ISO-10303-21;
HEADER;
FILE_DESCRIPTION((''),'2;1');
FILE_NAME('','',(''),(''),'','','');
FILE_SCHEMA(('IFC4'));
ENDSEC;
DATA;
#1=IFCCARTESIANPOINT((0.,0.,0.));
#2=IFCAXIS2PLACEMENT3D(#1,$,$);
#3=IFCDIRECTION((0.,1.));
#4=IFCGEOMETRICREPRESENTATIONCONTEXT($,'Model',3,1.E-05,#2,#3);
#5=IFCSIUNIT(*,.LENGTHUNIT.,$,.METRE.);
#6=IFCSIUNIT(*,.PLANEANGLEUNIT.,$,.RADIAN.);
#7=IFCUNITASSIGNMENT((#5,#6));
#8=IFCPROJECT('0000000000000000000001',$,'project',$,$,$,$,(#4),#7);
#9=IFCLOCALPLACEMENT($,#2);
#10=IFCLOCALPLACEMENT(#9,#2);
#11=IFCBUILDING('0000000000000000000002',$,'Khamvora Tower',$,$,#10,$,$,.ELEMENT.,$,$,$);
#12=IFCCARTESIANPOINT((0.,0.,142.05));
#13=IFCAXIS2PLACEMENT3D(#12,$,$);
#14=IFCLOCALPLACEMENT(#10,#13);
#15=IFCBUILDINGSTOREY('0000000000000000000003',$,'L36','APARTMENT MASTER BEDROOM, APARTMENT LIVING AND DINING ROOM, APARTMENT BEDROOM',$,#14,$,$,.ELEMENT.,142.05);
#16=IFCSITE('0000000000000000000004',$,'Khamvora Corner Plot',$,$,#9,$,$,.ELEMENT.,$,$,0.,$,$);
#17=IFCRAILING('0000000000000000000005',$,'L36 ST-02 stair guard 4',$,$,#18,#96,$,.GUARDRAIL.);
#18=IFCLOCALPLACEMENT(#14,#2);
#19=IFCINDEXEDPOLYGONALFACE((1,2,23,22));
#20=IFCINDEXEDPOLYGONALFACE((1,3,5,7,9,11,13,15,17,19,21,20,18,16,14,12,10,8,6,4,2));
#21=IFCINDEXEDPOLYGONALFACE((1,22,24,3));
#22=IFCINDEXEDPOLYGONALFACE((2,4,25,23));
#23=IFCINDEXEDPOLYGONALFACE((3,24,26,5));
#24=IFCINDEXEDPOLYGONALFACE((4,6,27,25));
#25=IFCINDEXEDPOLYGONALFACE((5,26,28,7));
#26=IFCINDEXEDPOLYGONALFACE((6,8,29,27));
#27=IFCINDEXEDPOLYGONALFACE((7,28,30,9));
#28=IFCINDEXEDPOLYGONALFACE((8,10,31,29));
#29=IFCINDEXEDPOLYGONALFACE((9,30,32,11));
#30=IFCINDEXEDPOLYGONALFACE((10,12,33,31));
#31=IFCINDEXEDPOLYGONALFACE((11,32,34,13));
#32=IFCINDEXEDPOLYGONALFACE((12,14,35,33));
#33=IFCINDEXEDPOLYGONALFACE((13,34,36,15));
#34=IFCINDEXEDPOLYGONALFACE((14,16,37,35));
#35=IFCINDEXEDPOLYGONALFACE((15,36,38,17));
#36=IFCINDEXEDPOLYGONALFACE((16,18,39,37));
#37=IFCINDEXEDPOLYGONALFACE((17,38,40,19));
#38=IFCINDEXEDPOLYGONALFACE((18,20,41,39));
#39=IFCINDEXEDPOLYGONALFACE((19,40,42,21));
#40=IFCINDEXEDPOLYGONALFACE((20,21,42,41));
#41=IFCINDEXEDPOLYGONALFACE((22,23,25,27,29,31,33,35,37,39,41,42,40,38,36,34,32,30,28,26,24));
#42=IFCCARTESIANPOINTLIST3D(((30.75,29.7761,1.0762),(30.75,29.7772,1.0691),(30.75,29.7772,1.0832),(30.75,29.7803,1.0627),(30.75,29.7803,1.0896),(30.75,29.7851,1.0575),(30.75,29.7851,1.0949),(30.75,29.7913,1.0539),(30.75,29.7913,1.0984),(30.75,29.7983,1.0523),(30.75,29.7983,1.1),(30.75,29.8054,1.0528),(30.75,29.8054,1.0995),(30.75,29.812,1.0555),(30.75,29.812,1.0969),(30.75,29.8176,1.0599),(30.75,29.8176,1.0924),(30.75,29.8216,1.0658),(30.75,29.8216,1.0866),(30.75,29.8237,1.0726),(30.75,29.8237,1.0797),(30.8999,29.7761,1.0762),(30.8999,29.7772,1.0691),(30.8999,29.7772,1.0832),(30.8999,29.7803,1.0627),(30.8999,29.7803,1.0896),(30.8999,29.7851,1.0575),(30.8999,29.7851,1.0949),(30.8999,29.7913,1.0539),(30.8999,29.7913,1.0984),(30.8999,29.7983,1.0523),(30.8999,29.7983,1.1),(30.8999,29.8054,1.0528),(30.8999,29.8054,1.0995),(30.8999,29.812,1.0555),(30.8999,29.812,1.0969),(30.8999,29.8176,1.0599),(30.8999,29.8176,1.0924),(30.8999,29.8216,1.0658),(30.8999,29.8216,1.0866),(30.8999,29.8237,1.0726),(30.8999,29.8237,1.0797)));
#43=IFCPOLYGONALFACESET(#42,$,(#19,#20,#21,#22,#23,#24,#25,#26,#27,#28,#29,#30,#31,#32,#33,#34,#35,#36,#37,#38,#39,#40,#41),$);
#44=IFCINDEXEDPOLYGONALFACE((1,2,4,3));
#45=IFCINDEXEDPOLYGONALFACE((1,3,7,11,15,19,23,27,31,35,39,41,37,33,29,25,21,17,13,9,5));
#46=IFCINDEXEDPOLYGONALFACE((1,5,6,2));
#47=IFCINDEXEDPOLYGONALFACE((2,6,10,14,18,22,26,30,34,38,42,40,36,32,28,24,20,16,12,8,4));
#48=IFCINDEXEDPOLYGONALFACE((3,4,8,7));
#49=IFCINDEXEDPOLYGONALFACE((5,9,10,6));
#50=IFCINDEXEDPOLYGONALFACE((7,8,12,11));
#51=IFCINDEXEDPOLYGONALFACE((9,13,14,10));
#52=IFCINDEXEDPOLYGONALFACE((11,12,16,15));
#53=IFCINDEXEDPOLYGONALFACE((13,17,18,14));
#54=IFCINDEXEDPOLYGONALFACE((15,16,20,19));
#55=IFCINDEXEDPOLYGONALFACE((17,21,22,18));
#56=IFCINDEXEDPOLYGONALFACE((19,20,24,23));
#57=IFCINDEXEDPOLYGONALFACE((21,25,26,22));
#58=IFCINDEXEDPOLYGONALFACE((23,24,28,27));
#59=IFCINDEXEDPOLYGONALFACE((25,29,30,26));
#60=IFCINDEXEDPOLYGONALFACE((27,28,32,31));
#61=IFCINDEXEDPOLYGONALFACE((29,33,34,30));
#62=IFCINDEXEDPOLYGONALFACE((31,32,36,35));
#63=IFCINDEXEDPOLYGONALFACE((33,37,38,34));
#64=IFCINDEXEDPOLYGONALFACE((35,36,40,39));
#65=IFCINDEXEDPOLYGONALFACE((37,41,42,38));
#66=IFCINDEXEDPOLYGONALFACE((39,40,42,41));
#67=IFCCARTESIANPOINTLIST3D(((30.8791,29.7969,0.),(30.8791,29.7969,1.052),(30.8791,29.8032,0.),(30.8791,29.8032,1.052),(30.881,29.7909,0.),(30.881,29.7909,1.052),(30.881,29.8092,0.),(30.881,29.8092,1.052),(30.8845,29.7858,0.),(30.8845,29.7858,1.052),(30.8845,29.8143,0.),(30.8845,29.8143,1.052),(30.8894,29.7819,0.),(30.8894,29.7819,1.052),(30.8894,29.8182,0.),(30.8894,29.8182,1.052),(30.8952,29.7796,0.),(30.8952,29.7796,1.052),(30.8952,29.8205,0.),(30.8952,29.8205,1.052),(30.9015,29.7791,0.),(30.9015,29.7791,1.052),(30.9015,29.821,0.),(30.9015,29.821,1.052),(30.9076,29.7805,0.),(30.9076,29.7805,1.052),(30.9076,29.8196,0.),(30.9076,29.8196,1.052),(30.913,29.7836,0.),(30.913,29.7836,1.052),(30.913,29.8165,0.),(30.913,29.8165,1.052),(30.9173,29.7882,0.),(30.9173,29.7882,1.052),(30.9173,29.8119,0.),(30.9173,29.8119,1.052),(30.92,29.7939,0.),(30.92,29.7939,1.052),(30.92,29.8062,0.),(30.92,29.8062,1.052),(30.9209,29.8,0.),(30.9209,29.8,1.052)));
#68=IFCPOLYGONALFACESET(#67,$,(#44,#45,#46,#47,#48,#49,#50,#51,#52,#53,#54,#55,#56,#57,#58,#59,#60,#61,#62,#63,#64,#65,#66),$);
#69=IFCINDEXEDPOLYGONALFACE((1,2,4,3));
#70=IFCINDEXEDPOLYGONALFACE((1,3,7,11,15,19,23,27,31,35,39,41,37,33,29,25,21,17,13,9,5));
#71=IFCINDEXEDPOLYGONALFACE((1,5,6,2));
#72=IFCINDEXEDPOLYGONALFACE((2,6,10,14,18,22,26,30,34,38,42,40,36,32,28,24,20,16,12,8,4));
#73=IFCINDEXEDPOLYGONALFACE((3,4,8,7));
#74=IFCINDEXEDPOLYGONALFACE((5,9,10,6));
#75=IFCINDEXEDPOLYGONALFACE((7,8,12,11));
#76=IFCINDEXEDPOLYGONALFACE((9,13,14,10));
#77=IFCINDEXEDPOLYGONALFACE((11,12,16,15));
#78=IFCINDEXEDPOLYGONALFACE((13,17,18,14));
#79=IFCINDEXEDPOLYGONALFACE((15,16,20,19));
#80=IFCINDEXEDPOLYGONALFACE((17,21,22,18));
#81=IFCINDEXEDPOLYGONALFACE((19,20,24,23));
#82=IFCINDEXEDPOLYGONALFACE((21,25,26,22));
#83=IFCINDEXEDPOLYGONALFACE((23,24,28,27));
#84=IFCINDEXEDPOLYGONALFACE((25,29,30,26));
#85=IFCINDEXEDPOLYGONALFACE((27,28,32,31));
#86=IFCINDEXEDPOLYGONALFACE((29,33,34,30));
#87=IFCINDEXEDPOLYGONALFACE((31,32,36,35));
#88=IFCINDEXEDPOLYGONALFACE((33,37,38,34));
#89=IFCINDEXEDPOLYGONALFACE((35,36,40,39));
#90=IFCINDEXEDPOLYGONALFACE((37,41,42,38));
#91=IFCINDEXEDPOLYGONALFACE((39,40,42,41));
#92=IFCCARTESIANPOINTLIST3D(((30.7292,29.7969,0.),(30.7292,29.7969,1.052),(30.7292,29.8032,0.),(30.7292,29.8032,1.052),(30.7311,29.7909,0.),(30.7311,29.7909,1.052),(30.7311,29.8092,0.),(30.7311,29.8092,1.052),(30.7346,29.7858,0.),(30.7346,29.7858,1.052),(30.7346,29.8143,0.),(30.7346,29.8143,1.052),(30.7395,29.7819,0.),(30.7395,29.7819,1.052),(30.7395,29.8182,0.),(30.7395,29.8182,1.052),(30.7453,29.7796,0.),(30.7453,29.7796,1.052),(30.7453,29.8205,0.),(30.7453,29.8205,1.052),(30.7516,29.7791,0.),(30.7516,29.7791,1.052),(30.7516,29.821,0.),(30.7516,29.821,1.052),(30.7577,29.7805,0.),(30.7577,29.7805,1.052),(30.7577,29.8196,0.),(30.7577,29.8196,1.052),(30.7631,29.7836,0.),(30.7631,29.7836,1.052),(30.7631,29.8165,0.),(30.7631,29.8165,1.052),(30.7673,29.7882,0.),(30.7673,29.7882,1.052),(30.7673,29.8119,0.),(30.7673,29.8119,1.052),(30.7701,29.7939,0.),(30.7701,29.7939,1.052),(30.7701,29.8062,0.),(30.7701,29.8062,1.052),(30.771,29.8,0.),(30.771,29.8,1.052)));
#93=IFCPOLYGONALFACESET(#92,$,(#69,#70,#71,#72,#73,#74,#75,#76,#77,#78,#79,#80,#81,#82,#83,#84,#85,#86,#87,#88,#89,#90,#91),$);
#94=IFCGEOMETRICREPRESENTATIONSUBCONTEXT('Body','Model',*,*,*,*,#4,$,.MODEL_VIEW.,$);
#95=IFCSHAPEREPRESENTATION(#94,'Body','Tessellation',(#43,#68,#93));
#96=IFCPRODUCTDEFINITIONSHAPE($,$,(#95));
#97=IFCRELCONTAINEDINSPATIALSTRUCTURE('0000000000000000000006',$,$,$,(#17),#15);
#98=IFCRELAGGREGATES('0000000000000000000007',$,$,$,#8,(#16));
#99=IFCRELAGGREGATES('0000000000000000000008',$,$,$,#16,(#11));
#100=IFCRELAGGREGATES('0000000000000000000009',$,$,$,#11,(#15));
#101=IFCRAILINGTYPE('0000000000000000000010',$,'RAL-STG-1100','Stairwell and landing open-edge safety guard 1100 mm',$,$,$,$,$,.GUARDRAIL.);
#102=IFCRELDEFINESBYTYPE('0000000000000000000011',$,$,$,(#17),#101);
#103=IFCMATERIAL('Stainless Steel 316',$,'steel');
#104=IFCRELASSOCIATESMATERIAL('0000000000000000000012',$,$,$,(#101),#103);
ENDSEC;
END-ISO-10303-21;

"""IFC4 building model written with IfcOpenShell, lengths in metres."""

from ifc_helpers import new_model, si_unit, direction, frame, origin, origin_2d, place, context, subcontext, project, spatial, circle, extrude, material, type_object, element, save


model = new_model("IFC4")

# Units and contexts
model_context = context("Model", 3, precision=1e-05, world=origin(), true_north=direction((0.0, 1.0)))
body_context = subcontext(model_context, "Body", "Model", "MODEL_VIEW")
ifc_project = project(units=[si_unit("LENGTHUNIT", "METRE"), si_unit("PLANEANGLEUNIT", "RADIAN")], contexts=[model_context])

# Site, building, storey
site_placement = place(None, origin())
site = spatial("IfcSite", under=ifc_project, at=site_placement, Name="Khamvora Corner Plot", CompositionType="ELEMENT", RefElevation=0.0)
building_placement = place(site_placement, origin())
building = spatial("IfcBuilding", under=site, at=building_placement, Name="Khamvora Tower", CompositionType="ELEMENT")
storey_placement = place(building_placement, frame((0.0, 0.0, 142.05)))
storey = spatial("IfcBuildingStorey", under=building, at=storey_placement, Name="L36", Description="APARTMENT MASTER BEDROOM, APARTMENT LIVING AND DINING ROOM, APARTMENT BEDROOM", CompositionType="ELEMENT", Elevation=142.05)

# Railing
ifc_material_1 = material(Name="Stainless Steel 316", Category="steel")
railing_type_1 = type_object("IfcRailingType", Name="RAL-STG-1100", Description="Stairwell and landing open-edge safety guard 1100 mm", PredefinedType="GUARDRAIL", material=ifc_material_1)
for number, where, name in (
    (1, (30.8999, 29.8, 0.0), "L36 ST-02 stair guard 4"),
):
    element("IfcRailing", number, at=place(storey_placement, frame(where)), inside=storey, type_object=railing_type_1, Name=name, PredefinedType="GUARDRAIL", context=body_context, shape_type="SweptSolid", body=[
        extrude(circle(Radius=0.0239, at=origin_2d()), frame((0.0, 0.0, 1.0762), z_axis=(-1.0, 0.0, 0.0), x_axis=(0.0, -1.0, 0.0)), (0.0, 0.0, 1.0), 0.1499),
        extrude(circle(Radius=0.021, at=origin_2d()), origin(), (0.0, 0.0, 1.0), 1.052),
        extrude(circle(Radius=0.021, at=origin_2d()), frame((-0.1499, 0.0, 0.0)), (0.0, 0.0, 1.0), 1.052),
    ])

save(model, "model.ifc")
